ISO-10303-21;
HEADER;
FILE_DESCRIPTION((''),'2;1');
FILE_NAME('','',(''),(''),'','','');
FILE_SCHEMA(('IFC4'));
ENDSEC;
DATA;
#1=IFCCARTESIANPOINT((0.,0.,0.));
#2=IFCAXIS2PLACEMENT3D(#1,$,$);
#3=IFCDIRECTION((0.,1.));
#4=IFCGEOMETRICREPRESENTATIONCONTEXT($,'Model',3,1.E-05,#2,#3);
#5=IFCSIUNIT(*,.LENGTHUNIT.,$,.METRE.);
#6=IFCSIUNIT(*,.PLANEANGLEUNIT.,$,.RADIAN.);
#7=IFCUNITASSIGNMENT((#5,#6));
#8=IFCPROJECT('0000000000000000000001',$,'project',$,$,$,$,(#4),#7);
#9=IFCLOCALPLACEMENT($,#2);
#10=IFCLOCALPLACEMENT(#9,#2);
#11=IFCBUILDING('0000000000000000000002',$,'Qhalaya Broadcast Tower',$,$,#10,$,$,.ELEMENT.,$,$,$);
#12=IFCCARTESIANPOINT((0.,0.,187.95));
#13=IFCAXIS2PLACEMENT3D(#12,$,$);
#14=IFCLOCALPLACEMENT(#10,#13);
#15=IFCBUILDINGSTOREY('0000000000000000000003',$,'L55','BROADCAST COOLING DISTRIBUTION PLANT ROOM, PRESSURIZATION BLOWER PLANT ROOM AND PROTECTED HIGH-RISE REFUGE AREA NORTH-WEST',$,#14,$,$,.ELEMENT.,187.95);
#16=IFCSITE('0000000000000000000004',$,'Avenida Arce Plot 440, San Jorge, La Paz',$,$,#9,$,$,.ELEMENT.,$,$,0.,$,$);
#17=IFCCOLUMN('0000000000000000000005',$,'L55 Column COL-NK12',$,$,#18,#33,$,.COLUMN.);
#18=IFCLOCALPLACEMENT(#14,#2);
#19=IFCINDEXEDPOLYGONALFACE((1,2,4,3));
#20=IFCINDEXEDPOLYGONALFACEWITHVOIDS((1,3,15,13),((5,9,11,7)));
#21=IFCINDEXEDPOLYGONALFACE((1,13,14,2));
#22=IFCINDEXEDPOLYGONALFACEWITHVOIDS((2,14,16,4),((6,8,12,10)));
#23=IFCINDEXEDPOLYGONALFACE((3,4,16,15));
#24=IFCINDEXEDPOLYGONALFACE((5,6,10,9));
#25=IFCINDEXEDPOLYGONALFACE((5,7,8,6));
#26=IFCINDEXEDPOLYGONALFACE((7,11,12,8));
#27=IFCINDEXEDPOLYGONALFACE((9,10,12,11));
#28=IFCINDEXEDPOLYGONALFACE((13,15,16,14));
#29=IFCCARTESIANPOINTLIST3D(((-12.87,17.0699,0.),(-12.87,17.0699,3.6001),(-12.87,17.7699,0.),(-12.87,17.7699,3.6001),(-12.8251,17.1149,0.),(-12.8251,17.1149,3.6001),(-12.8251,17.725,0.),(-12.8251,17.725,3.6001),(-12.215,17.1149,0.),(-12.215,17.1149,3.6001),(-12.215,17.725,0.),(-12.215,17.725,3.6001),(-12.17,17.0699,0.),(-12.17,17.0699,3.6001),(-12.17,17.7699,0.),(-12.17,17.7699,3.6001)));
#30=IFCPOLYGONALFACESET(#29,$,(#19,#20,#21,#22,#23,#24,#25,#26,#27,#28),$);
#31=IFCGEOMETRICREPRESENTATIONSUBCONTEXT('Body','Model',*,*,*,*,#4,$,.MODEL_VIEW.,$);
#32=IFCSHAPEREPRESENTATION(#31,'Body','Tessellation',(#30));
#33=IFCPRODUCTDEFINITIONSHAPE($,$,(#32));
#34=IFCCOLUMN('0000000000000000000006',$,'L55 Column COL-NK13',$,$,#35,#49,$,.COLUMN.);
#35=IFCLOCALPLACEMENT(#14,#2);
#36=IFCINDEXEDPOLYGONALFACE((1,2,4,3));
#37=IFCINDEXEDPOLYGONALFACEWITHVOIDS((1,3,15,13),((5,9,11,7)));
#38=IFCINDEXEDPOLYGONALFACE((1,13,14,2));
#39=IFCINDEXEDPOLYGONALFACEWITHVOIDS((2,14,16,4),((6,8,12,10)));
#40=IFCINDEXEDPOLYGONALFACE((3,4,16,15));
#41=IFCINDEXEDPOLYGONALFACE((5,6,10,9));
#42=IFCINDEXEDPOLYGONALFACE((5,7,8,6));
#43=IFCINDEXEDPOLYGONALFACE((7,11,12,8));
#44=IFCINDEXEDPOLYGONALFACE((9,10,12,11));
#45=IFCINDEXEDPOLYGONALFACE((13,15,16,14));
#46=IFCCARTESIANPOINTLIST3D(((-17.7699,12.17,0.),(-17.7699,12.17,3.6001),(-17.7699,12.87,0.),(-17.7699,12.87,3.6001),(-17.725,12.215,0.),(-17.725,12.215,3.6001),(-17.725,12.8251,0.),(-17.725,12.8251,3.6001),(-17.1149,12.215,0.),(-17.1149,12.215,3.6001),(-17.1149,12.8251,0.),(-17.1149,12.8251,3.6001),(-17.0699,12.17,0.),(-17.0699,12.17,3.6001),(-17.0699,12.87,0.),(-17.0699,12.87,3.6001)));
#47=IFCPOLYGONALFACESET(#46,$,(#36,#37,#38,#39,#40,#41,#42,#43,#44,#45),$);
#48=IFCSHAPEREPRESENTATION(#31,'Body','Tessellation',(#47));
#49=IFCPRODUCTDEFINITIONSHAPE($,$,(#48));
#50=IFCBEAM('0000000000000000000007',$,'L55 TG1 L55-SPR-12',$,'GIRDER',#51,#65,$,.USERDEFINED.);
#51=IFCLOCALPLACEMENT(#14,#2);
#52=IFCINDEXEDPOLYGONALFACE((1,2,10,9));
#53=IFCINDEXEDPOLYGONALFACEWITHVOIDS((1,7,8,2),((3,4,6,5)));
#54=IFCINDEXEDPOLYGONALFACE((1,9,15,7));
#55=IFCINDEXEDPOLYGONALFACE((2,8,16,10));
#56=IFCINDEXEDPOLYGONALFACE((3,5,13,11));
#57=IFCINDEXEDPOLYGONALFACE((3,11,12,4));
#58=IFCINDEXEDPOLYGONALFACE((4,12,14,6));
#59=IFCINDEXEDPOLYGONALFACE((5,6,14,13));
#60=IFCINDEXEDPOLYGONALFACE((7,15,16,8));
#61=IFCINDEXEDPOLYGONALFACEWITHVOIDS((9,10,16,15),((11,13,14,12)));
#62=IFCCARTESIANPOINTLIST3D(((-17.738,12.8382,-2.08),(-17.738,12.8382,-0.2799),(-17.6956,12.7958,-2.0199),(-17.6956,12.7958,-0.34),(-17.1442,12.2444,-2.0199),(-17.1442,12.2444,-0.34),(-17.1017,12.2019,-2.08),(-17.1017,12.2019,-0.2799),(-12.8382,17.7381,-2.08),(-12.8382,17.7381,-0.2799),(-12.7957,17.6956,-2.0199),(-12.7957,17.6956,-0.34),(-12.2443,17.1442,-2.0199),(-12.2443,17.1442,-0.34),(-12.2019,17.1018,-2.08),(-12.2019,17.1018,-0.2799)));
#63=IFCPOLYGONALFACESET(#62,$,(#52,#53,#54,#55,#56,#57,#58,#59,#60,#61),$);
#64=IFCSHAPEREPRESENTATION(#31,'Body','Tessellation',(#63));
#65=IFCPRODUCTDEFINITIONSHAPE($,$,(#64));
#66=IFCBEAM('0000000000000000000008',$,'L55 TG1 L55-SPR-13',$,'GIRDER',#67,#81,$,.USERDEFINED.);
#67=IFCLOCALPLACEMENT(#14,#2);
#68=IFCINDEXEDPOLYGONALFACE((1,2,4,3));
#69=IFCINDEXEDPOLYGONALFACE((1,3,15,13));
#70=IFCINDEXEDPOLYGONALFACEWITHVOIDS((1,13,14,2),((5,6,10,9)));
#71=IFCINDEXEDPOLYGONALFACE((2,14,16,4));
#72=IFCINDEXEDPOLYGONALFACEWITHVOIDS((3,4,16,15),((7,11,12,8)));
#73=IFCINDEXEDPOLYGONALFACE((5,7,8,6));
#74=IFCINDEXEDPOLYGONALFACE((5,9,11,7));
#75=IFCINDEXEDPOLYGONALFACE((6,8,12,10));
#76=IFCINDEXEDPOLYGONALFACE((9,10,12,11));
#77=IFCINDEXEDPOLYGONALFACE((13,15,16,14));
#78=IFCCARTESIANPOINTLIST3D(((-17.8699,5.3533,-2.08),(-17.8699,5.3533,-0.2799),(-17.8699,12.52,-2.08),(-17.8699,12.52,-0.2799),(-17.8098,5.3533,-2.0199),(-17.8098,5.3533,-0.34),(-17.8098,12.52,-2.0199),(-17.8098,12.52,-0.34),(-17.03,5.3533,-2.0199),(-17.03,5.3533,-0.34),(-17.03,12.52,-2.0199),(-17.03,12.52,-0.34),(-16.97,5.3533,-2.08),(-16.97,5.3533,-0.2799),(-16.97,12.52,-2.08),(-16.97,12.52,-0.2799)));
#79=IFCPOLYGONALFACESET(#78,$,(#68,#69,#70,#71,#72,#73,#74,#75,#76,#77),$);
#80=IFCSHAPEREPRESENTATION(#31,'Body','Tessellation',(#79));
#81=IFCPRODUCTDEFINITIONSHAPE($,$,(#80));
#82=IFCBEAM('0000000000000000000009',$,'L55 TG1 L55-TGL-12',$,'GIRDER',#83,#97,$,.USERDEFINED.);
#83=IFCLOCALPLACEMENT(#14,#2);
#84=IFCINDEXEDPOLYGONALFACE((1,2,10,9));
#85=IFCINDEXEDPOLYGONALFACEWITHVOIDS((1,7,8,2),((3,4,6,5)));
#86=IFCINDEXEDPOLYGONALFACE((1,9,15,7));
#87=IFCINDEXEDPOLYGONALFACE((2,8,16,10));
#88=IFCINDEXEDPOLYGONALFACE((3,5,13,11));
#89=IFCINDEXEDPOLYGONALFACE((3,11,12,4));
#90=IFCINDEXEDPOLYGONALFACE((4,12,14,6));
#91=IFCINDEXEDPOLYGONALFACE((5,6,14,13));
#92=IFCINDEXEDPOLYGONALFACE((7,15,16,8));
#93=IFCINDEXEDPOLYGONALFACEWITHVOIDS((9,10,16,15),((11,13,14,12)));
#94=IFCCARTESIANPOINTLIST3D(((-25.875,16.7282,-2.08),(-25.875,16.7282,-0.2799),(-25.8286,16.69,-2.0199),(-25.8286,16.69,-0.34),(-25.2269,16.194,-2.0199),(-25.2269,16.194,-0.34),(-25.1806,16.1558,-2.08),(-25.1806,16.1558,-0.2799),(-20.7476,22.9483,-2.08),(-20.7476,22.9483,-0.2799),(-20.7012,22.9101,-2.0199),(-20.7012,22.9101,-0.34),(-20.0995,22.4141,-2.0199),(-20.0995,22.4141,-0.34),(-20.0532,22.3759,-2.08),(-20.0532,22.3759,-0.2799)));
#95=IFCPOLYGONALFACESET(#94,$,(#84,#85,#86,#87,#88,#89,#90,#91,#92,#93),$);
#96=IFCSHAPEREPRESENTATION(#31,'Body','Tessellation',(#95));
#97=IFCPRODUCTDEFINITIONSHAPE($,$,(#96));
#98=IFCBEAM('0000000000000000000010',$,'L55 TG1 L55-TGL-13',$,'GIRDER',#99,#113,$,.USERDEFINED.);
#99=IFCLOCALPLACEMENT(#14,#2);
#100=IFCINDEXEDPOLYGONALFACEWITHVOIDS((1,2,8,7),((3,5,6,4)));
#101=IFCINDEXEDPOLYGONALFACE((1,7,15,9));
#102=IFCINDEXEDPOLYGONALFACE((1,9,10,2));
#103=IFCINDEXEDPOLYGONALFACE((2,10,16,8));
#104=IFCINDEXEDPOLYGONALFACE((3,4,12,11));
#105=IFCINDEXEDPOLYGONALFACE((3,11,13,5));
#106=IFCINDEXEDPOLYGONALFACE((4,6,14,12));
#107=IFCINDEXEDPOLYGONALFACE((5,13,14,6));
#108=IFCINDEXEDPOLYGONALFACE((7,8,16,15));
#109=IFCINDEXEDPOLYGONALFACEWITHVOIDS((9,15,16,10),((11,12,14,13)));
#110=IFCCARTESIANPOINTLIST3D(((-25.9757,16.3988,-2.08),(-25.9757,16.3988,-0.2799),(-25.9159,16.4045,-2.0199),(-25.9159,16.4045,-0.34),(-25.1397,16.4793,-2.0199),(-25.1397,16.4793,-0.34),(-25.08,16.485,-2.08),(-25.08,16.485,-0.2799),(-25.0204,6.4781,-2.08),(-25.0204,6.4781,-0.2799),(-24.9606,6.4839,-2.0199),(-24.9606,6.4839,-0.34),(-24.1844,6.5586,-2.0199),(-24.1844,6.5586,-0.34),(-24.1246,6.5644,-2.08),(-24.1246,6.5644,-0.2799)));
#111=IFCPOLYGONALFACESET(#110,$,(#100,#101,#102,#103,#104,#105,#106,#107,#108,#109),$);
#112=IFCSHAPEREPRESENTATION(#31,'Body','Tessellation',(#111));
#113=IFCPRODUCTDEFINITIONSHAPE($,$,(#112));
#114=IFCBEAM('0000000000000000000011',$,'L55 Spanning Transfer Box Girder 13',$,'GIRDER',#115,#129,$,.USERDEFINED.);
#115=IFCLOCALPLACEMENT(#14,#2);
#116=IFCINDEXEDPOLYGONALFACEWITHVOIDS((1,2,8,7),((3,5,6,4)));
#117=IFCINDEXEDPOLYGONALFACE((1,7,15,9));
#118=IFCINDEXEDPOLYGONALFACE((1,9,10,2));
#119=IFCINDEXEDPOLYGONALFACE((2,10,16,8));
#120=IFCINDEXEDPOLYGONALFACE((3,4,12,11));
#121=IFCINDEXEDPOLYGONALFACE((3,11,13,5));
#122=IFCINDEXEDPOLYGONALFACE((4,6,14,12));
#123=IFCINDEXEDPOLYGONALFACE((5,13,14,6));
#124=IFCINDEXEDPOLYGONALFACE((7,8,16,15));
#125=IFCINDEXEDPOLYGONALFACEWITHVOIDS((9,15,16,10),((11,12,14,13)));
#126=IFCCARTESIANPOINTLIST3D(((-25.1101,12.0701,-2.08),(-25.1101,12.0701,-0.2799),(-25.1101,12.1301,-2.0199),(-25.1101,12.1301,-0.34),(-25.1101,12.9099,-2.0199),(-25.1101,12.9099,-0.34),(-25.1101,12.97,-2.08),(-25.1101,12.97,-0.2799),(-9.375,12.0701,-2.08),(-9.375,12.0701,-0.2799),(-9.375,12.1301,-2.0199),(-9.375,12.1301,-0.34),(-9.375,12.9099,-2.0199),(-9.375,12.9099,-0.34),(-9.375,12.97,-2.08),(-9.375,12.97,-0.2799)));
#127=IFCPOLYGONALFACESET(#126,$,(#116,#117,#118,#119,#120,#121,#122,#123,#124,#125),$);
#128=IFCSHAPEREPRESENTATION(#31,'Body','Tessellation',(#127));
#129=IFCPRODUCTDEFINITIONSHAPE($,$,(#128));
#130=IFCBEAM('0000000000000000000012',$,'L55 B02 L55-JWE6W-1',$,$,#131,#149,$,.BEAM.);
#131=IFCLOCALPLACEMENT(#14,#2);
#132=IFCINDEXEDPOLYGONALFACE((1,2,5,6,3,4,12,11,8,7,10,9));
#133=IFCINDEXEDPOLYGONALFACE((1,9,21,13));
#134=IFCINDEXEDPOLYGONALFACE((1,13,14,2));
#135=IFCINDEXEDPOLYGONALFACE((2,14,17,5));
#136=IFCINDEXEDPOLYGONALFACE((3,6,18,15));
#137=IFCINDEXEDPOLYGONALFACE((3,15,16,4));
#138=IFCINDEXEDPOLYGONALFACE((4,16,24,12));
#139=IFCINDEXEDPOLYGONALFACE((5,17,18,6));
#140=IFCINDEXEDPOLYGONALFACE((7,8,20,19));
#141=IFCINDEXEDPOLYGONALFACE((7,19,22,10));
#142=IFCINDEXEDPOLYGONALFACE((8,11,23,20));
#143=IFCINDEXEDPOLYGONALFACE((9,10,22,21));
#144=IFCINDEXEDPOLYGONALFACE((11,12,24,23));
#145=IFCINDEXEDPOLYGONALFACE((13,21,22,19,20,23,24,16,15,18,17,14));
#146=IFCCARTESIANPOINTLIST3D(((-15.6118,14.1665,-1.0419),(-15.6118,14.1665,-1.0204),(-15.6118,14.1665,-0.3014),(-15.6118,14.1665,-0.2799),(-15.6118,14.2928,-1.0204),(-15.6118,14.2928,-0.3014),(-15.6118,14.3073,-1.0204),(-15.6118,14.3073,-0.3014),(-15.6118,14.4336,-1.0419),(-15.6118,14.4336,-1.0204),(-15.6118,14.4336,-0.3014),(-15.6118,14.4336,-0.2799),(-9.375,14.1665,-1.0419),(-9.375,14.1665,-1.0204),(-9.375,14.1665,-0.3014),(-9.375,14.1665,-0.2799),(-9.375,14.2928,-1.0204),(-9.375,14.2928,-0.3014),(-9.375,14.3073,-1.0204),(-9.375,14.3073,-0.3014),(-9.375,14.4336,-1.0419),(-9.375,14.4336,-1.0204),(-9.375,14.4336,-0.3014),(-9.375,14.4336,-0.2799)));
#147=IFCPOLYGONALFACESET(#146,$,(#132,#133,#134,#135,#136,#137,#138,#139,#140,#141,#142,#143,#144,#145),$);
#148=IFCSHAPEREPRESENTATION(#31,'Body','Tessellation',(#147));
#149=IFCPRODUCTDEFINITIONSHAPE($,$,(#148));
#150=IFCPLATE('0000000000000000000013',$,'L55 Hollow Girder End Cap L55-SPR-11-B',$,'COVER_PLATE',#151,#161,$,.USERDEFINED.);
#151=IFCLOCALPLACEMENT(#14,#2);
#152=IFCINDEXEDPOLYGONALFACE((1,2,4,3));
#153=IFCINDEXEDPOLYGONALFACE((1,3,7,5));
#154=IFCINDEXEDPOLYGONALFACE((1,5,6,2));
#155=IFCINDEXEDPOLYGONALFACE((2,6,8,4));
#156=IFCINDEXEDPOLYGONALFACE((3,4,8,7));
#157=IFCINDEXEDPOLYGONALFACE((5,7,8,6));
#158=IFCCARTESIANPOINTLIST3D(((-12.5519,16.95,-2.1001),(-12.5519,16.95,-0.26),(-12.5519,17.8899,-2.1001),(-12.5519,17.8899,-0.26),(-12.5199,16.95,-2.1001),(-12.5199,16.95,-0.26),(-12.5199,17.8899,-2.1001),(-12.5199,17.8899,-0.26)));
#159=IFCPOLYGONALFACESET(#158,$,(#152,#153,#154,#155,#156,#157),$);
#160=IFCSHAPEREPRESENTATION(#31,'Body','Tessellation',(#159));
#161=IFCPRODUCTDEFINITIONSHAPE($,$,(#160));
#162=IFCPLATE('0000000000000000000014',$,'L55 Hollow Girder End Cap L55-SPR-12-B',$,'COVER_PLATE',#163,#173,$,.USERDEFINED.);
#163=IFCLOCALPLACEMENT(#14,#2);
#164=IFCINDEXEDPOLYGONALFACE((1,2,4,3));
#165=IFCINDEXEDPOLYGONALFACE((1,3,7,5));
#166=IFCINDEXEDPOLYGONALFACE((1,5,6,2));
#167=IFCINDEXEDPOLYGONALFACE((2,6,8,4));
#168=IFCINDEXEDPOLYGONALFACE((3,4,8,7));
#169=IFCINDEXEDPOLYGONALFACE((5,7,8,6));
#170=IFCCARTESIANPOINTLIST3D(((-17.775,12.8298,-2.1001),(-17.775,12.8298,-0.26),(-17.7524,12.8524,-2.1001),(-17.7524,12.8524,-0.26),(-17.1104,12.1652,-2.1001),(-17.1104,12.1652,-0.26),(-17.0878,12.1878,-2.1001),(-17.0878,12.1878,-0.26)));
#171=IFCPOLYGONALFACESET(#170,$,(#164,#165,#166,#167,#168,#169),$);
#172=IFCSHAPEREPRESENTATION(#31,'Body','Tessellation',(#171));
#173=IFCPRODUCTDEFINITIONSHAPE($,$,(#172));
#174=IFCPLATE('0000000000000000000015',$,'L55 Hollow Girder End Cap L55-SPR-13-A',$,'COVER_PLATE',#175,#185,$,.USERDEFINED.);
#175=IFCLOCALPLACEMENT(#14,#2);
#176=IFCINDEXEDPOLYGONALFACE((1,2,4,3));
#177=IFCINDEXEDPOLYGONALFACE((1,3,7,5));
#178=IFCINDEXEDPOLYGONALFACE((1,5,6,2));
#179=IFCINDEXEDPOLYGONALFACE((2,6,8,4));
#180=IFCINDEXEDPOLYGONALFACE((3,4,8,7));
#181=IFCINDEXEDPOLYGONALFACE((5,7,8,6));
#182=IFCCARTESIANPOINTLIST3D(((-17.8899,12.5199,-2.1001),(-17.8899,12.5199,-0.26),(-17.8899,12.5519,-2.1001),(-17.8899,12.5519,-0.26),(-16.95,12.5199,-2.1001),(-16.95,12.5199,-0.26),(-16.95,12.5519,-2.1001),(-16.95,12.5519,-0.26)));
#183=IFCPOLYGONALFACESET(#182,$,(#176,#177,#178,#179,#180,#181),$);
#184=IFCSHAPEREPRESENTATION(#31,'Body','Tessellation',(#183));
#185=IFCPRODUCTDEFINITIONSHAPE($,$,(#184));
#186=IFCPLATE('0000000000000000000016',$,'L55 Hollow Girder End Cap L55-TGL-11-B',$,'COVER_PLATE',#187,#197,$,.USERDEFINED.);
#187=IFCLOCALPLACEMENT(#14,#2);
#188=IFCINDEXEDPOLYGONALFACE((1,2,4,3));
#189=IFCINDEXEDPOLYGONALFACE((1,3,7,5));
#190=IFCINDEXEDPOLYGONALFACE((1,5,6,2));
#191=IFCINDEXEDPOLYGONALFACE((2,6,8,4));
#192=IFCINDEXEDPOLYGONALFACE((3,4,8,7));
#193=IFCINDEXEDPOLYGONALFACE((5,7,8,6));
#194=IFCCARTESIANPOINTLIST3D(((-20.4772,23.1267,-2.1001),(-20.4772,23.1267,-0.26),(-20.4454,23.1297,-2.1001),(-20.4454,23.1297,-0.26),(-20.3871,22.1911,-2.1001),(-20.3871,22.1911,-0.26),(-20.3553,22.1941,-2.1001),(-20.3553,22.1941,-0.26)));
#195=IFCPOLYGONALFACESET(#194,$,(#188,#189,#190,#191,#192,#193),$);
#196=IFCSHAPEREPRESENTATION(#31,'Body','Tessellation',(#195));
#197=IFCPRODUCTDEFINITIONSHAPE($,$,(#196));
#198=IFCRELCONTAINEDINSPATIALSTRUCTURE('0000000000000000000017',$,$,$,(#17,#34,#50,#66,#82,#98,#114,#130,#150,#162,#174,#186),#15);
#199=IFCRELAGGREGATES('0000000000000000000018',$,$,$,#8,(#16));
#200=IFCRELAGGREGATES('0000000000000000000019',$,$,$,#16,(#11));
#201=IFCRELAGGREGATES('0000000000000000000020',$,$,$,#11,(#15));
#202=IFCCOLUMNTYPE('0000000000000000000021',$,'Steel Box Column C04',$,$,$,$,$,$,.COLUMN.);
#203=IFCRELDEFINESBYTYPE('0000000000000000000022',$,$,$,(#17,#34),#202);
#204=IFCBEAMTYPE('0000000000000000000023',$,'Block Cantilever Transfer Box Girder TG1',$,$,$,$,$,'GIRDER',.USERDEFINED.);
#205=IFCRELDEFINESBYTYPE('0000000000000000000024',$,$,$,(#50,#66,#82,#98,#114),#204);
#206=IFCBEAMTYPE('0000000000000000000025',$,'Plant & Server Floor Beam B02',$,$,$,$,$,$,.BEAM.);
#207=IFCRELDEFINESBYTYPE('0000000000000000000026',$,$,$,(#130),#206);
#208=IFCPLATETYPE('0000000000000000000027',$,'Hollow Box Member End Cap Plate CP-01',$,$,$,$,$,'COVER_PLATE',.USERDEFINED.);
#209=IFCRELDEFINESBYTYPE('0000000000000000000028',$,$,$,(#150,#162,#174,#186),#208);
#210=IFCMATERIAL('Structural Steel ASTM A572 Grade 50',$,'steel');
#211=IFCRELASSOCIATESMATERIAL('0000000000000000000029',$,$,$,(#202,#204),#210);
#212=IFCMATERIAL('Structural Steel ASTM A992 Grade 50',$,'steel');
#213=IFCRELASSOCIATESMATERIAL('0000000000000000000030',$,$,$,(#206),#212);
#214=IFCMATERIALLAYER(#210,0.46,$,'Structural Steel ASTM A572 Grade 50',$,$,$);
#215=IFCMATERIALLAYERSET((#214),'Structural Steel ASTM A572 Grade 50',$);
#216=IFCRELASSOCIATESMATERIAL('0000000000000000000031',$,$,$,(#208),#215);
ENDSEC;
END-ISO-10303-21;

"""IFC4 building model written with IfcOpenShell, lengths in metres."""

from ifc_helpers import new_model, si_unit, direction, frame, origin, origin_2d, place, context, subcontext, project, spatial, rectangle, hollow_rectangle, i_section, extrude, material, layer, layer_set, material_profile, profile_set, type_object, element, save


model = new_model("IFC4")

# Units and contexts
model_context = context("Model", 3, precision=1e-05, world=origin(), true_north=direction((0.0, 1.0)))
body_context = subcontext(model_context, "Body", "Model", "MODEL_VIEW")
ifc_project = project(units=[si_unit("LENGTHUNIT", "METRE"), si_unit("PLANEANGLEUNIT", "RADIAN")], contexts=[model_context])

# Site, building, storey
site_placement = place(None, origin())
site = spatial("IfcSite", under=ifc_project, at=site_placement, Name="Avenida Arce Plot 440, San Jorge, La Paz", CompositionType="ELEMENT", RefElevation=0.0)
building_placement = place(site_placement, origin())
building = spatial("IfcBuilding", under=site, at=building_placement, Name="Qhalaya Broadcast Tower", CompositionType="ELEMENT")
storey_placement = place(building_placement, frame((0.0, 0.0, 187.95)))
storey = spatial("IfcBuildingStorey", under=building, at=storey_placement, Name="L55", Description="BROADCAST COOLING DISTRIBUTION PLANT ROOM, PRESSURIZATION BLOWER PLANT ROOM AND PROTECTED HIGH-RISE REFUGE AREA NORTH-WEST", CompositionType="ELEMENT", Elevation=187.95)

# Columns
ifc_material_1 = material(Name="Structural Steel ASTM A572 Grade 50", Category="steel")
ifc_material_profile_1 = material_profile(ifc_material_1, hollow_rectangle(XDim=0.7, YDim=0.7, WallThickness=0.0449, at=origin_2d()), Name="BOX 700x700x45")
ifc_profile_set_1 = profile_set([ifc_material_profile_1], Name="Structural Steel ASTM A572 Grade 50")
column_type = type_object("IfcColumnType", Name="Steel Box Column C04", PredefinedType="COLUMN", material=ifc_profile_set_1)
for number, where, z_axis, x_axis, name in (
    (1, (-12.52, 17.4199, 0.0), (0.0, 0.0, 1.0), (1.0, 0.0, 0.0), "L55 Column COL-NK12"),
    (2, (-17.4199, 12.52, 0.0), (0.0, 0.0, 1.0), (0.0, 1.0, 0.0), "L55 Column COL-NK13"),
):
    element("IfcColumn", number, at=place(storey_placement, frame(where, z_axis=z_axis, x_axis=x_axis)), inside=storey, type_object=column_type, Name=name, PredefinedType="COLUMN", context=body_context, shape_type="SweptSolid", body=[
        extrude(hollow_rectangle(XDim=0.7, YDim=0.7, WallThickness=0.0449, at=origin_2d()), origin(), (0.0, 0.0, 1.0), 3.6001),
    ])

# Beams
ifc_material_profile_2 = material_profile(ifc_material_1, hollow_rectangle(XDim=0.8999, YDim=1.8, WallThickness=0.0601, at=origin_2d()), Name="BOX 900x1800x60")
ifc_profile_set_2 = profile_set([ifc_material_profile_2], Name="Structural Steel ASTM A572 Grade 50")
beam_type_1 = type_object("IfcBeamType", Name="Block Cantilever Transfer Box Girder TG1", ElementType="GIRDER", PredefinedType="USERDEFINED", material=ifc_profile_set_2)
beam_1_placement = place(storey_placement, frame((-12.52, 17.4199, -1.1799), z_axis=(-0.707107, -0.707107, 0.0), x_axis=(0.707107, -0.707107, 0.0)))
element("IfcBeam", 3, at=beam_1_placement, inside=storey, type_object=beam_type_1, Name="L55 TG1 L55-SPR-12", ObjectType="GIRDER", PredefinedType="USERDEFINED", context=body_context, shape_type="SweptSolid", body=[
    extrude(hollow_rectangle(XDim=0.8999, YDim=1.8, WallThickness=0.0601, at=origin_2d()), origin(), (0.0, 0.0, 1.0), 6.9294),
])
beam_2_placement = place(storey_placement, frame((-17.4199, 12.52, -1.1799), z_axis=(0.0, -1.0, 0.0), x_axis=(1.0, 0.0, 0.0)))
element("IfcBeam", 4, at=beam_2_placement, inside=storey, type_object=beam_type_1, Name="L55 TG1 L55-SPR-13", ObjectType="GIRDER", PredefinedType="USERDEFINED", context=body_context, shape_type="SweptSolid", body=[
    extrude(hollow_rectangle(XDim=0.8999, YDim=1.8, WallThickness=0.0601, at=origin_2d()), origin(), (0.0, 0.0, 1.0), 7.1667),
])
beam_3_placement = place(storey_placement, frame((-20.4004, 22.6621, -1.1799), z_axis=(-0.63607, -0.771631, 0.0), x_axis=(0.771631, -0.63607, 0.0)))
element("IfcBeam", 5, at=beam_3_placement, inside=storey, type_object=beam_type_1, Name="L55 TG1 L55-TGL-12", ObjectType="GIRDER", PredefinedType="USERDEFINED", context=body_context, shape_type="SweptSolid", body=[
    extrude(hollow_rectangle(XDim=0.8999, YDim=1.8, WallThickness=0.0601, at=origin_2d()), origin(), (0.0, 0.0, 1.0), 8.061),
])
beam_4_placement = place(storey_placement, frame((-25.5278, 16.4419, -1.1799), z_axis=(0.095853, -0.995396, 0.0), x_axis=(0.995396, 0.095853, 0.0)))
element("IfcBeam", 6, at=beam_4_placement, inside=storey, type_object=beam_type_1, Name="L55 TG1 L55-TGL-13", ObjectType="GIRDER", PredefinedType="USERDEFINED", context=body_context, shape_type="SweptSolid", body=[
    extrude(hollow_rectangle(XDim=0.8999, YDim=1.8, WallThickness=0.0601, at=origin_2d()), origin(), (0.0, 0.0, 1.0), 9.9666),
])
beam_5_placement = place(storey_placement, frame((-25.1101, 12.52, -1.1799), z_axis=(1.0, 0.0, 0.0), x_axis=(0.0, 1.0, 0.0)))
element("IfcBeam", 7, at=beam_5_placement, inside=storey, type_object=beam_type_1, Name="L55 Spanning Transfer Box Girder 13", ObjectType="GIRDER", PredefinedType="USERDEFINED", context=body_context, shape_type="SweptSolid", body=[
    extrude(hollow_rectangle(XDim=0.8999, YDim=1.8, WallThickness=0.0601, at=origin_2d()), origin(), (0.0, 0.0, 1.0), 15.7351),
])
ifc_material_2 = material(Name="Structural Steel ASTM A992 Grade 50", Category="steel")
ifc_material_profile_3 = material_profile(ifc_material_2, i_section(OverallWidth=0.2671, OverallDepth=0.762, WebThickness=0.0144, FlangeThickness=0.0215, at=origin_2d()), Name="W30X116")
ifc_profile_set_3 = profile_set([ifc_material_profile_3], Name="Structural Steel ASTM A992 Grade 50")
beam_type_2 = type_object("IfcBeamType", Name="Plant & Server Floor Beam B02", PredefinedType="BEAM", material=ifc_profile_set_3)
beam_6_placement = place(storey_placement, frame((-15.6118, 14.3, -0.6609), z_axis=(1.0, 0.0, 0.0), x_axis=(0.0, 1.0, 0.0)))
element("IfcBeam", 8, at=beam_6_placement, inside=storey, type_object=beam_type_2, Name="L55 B02 L55-JWE6W-1", PredefinedType="BEAM", context=body_context, shape_type="SweptSolid", body=[
    extrude(i_section(OverallWidth=0.2671, OverallDepth=0.762, WebThickness=0.0144, FlangeThickness=0.0215, at=origin_2d()), origin(), (0.0, 0.0, 1.0), 6.2368),
])

# Plates
ifc_layer_1 = layer(ifc_material_1, 0.46, Name="Structural Steel ASTM A572 Grade 50")
ifc_layer_set_1 = layer_set([ifc_layer_1], Name="Structural Steel ASTM A572 Grade 50")
plate_type_1 = type_object("IfcPlateType", Name="Hollow Box Member End Cap Plate CP-01", ElementType="COVER_PLATE", PredefinedType="USERDEFINED", material=ifc_layer_set_1)
for number, where, z_axis, x_axis, name in (
    (9, (-12.5359, 17.4199, -2.1001), (0.0, 0.0, 1.0), (0.0, -1.0, 0.0), "L55 Hollow Girder End Cap L55-SPR-11-B"),
    (10, (-17.4314, 12.5088, -2.1001), (0.0, 0.0, 1.0), (0.707107, -0.707107, 0.0), "L55 Hollow Girder End Cap L55-SPR-12-B"),
    (11, (-17.4199, 12.5359, -2.1001), (0.0, 0.0, 1.0), (1.0, 0.0, 0.0), "L55 Hollow Girder End Cap L55-SPR-13-A"),
    (12, (-20.4163, 22.6604, -2.1001), (0.0, 0.0, 1.0), (0.095846, -0.995396, 0.0), "L55 Hollow Girder End Cap L55-TGL-11-B"),
):
    element("IfcPlate", number, at=place(storey_placement, frame(where, z_axis=z_axis, x_axis=x_axis)), inside=storey, type_object=plate_type_1, Name=name, ObjectType="COVER_PLATE", PredefinedType="USERDEFINED", context=body_context, shape_type="SweptSolid", body=[
        extrude(rectangle(XDim=0.9399, YDim=0.032, at=origin_2d()), origin(), (0.0, 0.0, 1.0), 1.8401),
    ])

save(model, "model.ifc")
